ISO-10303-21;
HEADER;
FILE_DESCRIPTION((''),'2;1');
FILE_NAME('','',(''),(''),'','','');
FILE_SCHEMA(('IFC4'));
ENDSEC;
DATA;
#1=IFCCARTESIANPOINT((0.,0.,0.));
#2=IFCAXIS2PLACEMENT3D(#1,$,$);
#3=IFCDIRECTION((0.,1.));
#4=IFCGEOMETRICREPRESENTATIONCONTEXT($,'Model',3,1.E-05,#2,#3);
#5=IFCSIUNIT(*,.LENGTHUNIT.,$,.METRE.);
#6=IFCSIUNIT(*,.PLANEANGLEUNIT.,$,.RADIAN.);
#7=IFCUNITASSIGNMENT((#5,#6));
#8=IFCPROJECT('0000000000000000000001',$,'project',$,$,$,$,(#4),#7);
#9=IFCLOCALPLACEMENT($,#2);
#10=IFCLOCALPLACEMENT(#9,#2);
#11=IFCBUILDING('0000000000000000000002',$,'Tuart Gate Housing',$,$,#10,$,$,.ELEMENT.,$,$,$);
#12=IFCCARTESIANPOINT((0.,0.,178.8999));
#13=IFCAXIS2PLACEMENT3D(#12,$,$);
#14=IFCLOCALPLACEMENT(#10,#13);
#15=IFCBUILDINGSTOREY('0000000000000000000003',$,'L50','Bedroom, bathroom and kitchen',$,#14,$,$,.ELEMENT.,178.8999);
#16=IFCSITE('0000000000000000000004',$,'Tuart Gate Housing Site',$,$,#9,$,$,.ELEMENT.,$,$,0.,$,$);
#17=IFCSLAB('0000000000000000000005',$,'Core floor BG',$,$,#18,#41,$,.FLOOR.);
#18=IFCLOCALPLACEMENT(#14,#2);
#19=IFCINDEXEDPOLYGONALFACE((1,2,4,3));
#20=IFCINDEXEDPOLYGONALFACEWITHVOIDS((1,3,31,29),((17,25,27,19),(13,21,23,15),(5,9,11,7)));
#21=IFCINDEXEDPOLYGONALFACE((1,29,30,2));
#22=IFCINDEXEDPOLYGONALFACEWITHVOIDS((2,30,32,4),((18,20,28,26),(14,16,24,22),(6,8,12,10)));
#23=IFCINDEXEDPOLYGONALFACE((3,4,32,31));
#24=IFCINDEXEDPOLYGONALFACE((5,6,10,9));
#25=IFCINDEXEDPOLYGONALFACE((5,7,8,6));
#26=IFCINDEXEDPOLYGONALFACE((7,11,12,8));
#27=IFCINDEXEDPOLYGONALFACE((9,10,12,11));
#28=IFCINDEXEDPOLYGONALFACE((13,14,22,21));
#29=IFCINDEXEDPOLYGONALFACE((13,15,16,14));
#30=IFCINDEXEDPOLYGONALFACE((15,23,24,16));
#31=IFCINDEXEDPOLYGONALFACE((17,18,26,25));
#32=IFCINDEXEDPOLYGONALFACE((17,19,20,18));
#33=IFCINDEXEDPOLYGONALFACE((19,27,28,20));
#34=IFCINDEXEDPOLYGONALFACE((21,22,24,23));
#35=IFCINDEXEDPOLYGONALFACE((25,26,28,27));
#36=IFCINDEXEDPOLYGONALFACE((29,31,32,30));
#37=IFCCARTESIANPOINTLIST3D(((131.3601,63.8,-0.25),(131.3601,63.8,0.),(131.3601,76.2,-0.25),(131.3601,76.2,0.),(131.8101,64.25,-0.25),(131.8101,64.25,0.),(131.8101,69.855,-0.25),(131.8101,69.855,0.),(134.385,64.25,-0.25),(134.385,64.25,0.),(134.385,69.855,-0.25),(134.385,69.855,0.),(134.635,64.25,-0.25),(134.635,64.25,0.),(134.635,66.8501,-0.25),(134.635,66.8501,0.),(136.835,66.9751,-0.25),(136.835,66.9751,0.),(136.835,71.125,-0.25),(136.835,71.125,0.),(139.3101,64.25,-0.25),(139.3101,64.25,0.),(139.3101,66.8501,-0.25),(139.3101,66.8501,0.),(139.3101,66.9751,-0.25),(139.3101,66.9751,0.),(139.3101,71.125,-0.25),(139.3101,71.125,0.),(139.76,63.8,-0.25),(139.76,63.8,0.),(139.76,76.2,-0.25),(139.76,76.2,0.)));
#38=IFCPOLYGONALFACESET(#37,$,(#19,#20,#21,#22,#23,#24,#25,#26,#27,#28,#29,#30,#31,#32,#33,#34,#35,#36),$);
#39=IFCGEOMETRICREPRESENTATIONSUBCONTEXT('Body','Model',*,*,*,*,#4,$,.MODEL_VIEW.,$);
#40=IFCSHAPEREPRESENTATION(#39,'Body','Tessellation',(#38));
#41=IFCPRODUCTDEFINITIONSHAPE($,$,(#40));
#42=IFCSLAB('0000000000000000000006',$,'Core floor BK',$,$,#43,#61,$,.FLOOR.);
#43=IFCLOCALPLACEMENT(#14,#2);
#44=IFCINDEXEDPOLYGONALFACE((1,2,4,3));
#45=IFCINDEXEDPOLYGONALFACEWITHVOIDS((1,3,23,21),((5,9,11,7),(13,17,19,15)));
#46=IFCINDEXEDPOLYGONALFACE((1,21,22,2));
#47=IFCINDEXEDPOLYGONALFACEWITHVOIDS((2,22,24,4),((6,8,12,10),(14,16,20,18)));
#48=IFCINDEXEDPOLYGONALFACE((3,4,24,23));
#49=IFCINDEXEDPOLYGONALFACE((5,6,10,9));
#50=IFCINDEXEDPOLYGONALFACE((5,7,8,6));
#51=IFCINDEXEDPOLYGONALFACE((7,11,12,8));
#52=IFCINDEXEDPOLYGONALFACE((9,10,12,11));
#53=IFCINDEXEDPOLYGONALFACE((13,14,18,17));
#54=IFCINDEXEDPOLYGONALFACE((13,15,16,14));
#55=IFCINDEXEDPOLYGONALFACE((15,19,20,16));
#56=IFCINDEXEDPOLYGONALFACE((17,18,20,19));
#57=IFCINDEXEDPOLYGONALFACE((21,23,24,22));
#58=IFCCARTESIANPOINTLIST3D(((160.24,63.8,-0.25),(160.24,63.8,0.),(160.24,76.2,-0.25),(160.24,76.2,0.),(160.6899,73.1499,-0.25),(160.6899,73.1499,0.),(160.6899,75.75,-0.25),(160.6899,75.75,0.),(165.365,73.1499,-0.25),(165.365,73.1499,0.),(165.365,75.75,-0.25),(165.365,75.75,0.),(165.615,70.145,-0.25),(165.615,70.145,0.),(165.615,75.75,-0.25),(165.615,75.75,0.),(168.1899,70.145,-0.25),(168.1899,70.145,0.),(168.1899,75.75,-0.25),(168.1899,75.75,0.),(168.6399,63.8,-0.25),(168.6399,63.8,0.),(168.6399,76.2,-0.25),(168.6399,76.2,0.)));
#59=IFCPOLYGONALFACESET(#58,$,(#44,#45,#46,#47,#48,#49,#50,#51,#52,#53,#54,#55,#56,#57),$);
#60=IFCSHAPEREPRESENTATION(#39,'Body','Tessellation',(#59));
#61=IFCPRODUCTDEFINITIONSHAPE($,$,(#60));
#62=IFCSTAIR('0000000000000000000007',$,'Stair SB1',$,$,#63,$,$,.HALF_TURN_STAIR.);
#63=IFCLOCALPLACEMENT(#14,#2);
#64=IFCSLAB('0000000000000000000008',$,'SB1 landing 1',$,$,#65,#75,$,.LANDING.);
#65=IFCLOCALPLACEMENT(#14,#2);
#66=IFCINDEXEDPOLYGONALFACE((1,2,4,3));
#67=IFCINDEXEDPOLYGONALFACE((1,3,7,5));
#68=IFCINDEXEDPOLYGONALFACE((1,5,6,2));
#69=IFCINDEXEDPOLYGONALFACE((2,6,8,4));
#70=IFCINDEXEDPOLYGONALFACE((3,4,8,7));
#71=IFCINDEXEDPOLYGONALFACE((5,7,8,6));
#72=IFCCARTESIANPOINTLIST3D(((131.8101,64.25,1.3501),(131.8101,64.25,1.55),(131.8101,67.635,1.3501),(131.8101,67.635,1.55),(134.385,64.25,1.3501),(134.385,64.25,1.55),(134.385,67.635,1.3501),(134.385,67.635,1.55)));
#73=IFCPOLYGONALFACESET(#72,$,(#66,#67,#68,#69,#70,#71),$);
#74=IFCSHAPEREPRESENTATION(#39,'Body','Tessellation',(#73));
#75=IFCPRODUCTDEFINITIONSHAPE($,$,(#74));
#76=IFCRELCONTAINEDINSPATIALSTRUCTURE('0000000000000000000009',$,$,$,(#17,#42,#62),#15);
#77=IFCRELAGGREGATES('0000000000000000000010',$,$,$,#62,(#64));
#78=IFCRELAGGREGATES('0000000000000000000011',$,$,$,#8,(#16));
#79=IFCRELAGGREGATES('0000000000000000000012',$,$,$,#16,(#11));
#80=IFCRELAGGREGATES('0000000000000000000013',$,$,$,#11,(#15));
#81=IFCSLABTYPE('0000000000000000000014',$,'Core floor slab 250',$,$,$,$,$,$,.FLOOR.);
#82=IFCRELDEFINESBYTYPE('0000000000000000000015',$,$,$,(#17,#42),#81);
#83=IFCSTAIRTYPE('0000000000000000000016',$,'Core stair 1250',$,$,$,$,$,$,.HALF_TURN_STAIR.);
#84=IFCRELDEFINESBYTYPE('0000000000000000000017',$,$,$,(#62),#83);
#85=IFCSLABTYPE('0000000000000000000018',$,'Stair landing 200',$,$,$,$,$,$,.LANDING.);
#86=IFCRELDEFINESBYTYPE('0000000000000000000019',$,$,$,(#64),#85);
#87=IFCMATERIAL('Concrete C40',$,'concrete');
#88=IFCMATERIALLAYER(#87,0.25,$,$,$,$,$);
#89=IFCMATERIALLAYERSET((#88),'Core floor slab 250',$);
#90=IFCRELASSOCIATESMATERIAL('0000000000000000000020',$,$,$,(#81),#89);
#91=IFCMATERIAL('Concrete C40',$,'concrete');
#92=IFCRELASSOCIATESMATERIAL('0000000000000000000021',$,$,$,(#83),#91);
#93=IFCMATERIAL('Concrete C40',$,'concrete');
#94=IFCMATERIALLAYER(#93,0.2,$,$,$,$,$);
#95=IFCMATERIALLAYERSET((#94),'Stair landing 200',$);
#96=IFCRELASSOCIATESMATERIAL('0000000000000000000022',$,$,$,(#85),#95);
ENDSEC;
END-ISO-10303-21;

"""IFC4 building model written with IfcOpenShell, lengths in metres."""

from ifc_helpers import new_model, si_unit, direction, frame, origin, place, context, subcontext, project, spatial, polyline, outline, extrude, material, layer, layer_set, type_object, element, aggregate, save


model = new_model("IFC4")

# Units and contexts
model_context = context("Model", 3, precision=1e-05, world=origin(), true_north=direction((0.0, 1.0)))
body_context = subcontext(model_context, "Body", "Model", "MODEL_VIEW")
ifc_project = project(units=[si_unit("LENGTHUNIT", "METRE"), si_unit("PLANEANGLEUNIT", "RADIAN")], contexts=[model_context])

# Site, building, storey
site_placement = place(None, origin())
site = spatial("IfcSite", under=ifc_project, at=site_placement, Name="Tuart Gate Housing Site", CompositionType="ELEMENT", RefElevation=0.0)
building_placement = place(site_placement, origin())
building = spatial("IfcBuilding", under=site, at=building_placement, Name="Tuart Gate Housing", CompositionType="ELEMENT")
storey_placement = place(building_placement, frame((0.0, 0.0, 178.8999)))
storey = spatial("IfcBuildingStorey", under=building, at=storey_placement, Name="L50", Description="Bedroom, bathroom and kitchen", CompositionType="ELEMENT", Elevation=178.8999)

# Slabs
ifc_material_1 = material(Name="Concrete C40", Category="concrete")
ifc_layer_1 = layer(ifc_material_1, 0.25)
ifc_layer_set_1 = layer_set([ifc_layer_1], Name="Core floor slab 250")
slab_type_1 = type_object("IfcSlabType", Name="Core floor slab 250", PredefinedType="FLOOR", material=ifc_layer_set_1)
slab_1_placement = place(storey_placement, frame((0.0, 0.0, -0.25)))
element("IfcSlab", 1, at=slab_1_placement, inside=storey, type_object=slab_type_1, Name="Core floor BG", PredefinedType="FLOOR", context=body_context, shape_type="SweptSolid", body=[
    extrude(outline(polyline([(131.3601, 63.8), (139.76, 63.8), (139.76, 76.2), (131.3601, 76.2), (131.3601, 63.8)]), holes=[polyline([(139.3101, 66.8501), (134.635, 66.8501), (134.635, 64.25), (139.3101, 64.25), (139.3101, 66.8501)]), polyline([(139.3101, 71.125), (136.835, 71.125), (136.835, 66.9751), (139.3101, 66.9751), (139.3101, 71.125)]), polyline([(134.385, 69.855), (131.8101, 69.855), (131.8101, 64.25), (134.385, 64.25), (134.385, 69.855)])]), origin(), (0.0, 0.0, 1.0), 0.25),
])
slab_2_placement = place(storey_placement, frame((0.0, 0.0, -0.25)))
element("IfcSlab", 2, at=slab_2_placement, inside=storey, type_object=slab_type_1, Name="Core floor BK", PredefinedType="FLOOR", context=body_context, shape_type="SweptSolid", body=[
    extrude(outline(polyline([(160.24, 63.8), (168.6399, 63.8), (168.6399, 76.2), (160.24, 76.2), (160.24, 63.8)]), holes=[polyline([(160.6899, 73.1499), (165.365, 73.1499), (165.365, 75.75), (160.6899, 75.75), (160.6899, 73.1499)]), polyline([(165.615, 70.145), (168.1899, 70.145), (168.1899, 75.75), (165.615, 75.75), (165.615, 70.145)])]), origin(), (0.0, 0.0, 1.0), 0.25),
])

# Stair, slab
ifc_material_2 = material(Name="Concrete C40", Category="concrete")
stair_type = type_object("IfcStairType", Name="Core stair 1250", PredefinedType="HALF_TURN_STAIR", material=ifc_material_2)
stair_placement = place(storey_placement, origin())
stair = element("IfcStair", 3, at=stair_placement, inside=storey, type_object=stair_type, Name="Stair SB1", PredefinedType="HALF_TURN_STAIR")
ifc_material_3 = material(Name="Concrete C40", Category="concrete")
ifc_layer_2 = layer(ifc_material_3, 0.2)
ifc_layer_set_2 = layer_set([ifc_layer_2], Name="Stair landing 200")
slab_type_2 = type_object("IfcSlabType", Name="Stair landing 200", PredefinedType="LANDING", material=ifc_layer_set_2)
slab_3_placement = place(storey_placement, frame((0.0, 0.0, 1.3501)))
slab_3 = element("IfcSlab", 4, at=slab_3_placement, type_object=slab_type_2, Name="SB1 landing 1", PredefinedType="LANDING", context=body_context, shape_type="SweptSolid", body=[
    extrude(outline(polyline([(134.385, 67.635), (131.8101, 67.635), (131.8101, 64.25), (134.385, 64.25), (134.385, 67.635)])), origin(), (0.0, 0.0, 1.0), 0.2),
])
aggregate(stair, [slab_3])

save(model, "model.ifc")
